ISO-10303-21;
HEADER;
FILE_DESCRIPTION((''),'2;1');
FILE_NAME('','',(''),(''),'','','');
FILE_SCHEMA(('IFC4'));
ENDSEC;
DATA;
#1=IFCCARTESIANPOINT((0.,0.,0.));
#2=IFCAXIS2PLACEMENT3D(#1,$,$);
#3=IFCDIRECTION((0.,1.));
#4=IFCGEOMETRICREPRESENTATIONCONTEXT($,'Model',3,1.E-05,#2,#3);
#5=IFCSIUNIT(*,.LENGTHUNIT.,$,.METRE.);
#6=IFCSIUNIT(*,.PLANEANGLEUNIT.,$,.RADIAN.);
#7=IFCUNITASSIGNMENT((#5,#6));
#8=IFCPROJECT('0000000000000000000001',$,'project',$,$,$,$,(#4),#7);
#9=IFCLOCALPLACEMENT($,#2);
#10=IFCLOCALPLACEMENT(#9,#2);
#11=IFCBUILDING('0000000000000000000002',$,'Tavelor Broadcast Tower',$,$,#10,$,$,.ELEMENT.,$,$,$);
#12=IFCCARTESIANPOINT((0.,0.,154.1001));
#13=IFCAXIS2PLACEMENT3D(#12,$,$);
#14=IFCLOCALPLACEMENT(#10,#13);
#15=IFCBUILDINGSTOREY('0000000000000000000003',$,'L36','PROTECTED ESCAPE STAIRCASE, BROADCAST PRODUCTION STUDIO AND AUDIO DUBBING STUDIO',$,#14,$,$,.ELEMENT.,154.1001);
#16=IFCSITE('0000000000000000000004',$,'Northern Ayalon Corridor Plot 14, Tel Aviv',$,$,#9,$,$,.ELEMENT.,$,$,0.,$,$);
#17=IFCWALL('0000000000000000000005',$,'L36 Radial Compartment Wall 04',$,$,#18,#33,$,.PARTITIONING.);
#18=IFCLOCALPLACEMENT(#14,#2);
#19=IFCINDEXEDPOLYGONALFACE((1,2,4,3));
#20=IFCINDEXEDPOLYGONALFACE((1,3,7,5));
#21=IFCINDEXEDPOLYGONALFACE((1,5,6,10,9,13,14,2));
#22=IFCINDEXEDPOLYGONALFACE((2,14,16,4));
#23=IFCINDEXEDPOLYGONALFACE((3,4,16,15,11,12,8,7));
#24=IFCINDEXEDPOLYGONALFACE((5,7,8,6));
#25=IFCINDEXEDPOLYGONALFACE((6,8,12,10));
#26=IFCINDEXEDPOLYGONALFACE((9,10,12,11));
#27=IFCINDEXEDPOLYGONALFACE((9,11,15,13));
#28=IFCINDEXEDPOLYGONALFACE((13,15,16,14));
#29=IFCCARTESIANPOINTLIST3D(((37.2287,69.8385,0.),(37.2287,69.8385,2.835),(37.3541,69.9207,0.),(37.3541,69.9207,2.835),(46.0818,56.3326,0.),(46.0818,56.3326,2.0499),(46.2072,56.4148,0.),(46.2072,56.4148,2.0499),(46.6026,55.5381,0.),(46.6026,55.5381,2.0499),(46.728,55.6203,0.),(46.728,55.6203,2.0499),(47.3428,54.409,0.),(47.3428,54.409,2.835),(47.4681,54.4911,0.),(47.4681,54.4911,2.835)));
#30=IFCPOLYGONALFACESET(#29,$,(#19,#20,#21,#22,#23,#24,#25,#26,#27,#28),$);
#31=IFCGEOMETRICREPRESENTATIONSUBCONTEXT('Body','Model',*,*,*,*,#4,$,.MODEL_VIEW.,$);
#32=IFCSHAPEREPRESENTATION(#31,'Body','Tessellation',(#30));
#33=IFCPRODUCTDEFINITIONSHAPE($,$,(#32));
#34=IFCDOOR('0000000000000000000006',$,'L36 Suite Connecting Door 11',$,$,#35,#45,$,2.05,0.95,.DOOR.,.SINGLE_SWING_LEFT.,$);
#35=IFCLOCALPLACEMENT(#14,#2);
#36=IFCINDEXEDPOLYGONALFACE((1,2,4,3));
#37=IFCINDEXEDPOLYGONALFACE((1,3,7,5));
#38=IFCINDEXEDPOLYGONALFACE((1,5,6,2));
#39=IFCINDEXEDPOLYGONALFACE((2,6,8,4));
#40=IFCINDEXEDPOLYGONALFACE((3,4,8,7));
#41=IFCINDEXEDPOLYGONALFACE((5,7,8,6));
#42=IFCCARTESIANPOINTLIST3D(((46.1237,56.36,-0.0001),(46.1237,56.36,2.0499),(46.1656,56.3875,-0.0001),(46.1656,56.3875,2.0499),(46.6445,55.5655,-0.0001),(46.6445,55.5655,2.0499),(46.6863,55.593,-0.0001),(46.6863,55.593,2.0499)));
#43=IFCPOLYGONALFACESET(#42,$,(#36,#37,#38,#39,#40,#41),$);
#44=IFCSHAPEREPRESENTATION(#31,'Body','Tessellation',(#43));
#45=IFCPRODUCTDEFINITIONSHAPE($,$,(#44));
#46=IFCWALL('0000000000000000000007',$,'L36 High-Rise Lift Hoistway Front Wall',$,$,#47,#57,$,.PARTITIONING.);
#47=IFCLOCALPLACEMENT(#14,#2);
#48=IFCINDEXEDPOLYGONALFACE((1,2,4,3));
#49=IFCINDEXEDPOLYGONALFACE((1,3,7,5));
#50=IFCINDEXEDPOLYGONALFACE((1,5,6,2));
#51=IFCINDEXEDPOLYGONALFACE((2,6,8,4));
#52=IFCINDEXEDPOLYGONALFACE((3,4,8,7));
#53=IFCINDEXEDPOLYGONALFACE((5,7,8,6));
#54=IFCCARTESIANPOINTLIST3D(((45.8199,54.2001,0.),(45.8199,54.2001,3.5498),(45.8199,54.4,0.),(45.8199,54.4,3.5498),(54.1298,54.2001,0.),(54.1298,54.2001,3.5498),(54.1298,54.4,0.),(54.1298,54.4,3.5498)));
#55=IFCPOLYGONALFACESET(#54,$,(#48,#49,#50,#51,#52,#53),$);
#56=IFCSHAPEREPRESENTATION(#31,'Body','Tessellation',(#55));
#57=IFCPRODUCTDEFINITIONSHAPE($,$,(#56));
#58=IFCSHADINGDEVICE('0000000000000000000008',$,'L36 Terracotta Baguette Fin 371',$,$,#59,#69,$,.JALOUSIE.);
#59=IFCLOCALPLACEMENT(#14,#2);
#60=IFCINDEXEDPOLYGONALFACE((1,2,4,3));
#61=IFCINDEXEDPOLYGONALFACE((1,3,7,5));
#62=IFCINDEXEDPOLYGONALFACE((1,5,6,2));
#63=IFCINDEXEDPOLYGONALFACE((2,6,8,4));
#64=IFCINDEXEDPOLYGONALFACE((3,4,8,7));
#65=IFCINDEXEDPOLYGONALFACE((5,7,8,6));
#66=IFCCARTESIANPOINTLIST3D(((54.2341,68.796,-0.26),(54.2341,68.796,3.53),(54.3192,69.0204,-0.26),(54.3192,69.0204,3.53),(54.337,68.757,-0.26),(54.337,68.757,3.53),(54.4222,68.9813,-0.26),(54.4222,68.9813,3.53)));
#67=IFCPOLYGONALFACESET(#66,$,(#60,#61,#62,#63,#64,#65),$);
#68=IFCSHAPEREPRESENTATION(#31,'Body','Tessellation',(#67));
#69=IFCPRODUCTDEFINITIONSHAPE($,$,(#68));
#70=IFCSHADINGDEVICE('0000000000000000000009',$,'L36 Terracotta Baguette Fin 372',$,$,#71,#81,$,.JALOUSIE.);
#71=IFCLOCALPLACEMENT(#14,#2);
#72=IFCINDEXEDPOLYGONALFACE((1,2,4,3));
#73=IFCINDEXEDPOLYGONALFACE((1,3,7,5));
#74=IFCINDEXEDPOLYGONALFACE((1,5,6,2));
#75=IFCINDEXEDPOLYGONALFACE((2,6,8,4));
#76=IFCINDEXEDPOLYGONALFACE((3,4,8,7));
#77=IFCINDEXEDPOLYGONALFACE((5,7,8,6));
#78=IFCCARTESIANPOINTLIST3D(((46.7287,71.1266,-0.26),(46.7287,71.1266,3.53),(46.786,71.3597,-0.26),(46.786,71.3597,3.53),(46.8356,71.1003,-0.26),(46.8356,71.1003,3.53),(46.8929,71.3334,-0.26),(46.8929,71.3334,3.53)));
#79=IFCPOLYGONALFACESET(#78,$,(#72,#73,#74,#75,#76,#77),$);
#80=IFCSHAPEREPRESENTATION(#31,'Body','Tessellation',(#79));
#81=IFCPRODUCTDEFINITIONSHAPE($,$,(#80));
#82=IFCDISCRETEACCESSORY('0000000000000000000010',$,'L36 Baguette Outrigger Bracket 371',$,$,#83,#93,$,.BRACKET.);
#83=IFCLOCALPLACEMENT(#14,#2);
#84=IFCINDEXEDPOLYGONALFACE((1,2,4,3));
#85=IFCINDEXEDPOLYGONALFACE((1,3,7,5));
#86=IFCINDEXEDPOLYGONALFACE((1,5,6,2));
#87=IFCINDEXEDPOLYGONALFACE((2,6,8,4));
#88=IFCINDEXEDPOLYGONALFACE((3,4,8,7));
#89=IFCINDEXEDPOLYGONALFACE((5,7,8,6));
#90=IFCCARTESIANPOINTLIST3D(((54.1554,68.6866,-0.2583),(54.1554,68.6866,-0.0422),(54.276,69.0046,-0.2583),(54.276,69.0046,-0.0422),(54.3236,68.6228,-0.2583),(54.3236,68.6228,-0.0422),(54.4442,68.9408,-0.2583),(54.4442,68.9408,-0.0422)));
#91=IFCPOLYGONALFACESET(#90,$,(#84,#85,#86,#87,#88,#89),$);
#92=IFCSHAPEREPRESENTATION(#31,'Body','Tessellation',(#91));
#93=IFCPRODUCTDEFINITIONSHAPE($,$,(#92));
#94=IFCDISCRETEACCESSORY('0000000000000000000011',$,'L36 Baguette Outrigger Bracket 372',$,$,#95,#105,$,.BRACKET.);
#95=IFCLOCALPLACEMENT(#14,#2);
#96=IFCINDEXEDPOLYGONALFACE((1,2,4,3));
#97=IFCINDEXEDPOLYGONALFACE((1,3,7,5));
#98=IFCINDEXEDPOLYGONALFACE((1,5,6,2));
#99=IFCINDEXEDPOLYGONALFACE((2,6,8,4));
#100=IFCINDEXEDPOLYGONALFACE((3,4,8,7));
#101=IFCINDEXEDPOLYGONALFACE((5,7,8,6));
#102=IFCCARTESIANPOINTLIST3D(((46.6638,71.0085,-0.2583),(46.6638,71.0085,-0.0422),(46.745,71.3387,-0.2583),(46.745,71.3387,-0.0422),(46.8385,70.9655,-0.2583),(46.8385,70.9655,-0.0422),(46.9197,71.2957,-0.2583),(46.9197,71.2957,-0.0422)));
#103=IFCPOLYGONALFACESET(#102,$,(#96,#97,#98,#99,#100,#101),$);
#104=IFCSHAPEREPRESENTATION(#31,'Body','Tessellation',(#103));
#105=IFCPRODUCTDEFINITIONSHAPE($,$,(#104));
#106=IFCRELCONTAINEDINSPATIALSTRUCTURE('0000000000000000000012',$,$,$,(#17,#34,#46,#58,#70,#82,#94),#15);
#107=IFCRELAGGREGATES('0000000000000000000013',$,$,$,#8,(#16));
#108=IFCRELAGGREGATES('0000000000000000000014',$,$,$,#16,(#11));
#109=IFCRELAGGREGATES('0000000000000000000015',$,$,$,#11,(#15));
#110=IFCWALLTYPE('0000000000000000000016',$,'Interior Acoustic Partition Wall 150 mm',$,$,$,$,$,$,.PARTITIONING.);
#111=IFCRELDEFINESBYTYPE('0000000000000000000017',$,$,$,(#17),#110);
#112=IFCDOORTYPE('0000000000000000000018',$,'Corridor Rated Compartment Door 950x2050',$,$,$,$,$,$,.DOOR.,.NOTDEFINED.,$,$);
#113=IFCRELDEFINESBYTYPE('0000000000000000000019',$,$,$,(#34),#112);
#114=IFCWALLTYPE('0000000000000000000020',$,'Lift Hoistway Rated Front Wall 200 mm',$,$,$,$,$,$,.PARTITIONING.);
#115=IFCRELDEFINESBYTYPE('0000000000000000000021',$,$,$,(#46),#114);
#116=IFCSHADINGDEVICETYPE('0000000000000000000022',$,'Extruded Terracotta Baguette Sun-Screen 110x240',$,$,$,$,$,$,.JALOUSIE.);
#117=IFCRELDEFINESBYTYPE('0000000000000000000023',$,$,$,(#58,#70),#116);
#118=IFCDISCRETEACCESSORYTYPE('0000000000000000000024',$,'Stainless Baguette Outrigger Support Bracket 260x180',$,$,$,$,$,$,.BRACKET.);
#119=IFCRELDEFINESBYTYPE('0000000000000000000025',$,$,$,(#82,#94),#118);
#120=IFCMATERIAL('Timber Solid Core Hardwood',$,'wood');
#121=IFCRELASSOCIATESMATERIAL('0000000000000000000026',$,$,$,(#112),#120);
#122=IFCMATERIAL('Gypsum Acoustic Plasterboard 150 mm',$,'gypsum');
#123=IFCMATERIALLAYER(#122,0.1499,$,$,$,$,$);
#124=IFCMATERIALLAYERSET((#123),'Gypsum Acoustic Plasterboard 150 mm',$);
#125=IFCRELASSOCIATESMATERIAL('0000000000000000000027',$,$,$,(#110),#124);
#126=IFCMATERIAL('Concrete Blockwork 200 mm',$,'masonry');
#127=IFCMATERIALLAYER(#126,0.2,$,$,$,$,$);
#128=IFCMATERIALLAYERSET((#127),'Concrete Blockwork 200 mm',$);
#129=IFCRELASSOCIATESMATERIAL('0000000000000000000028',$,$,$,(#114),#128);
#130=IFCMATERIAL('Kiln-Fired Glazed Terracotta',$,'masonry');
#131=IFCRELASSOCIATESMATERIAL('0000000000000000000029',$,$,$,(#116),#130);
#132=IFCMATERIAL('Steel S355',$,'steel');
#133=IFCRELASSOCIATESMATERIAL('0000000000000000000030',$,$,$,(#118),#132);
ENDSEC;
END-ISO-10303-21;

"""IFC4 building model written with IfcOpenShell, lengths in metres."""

from ifc_helpers import new_model, si_unit, direction, frame, frame_2d, origin, origin_2d, place, context, subcontext, project, spatial, rectangle, extrude, source, transform, mapped, material, layer, layer_set, type_object, type_shapes, element, fill, save


model = new_model("IFC4")

# Units and contexts
model_context = context("Model", 3, precision=1e-05, world=origin(), true_north=direction((0.0, 1.0)))
body_context = subcontext(model_context, "Body", "Model", "MODEL_VIEW")
ifc_project = project(units=[si_unit("LENGTHUNIT", "METRE"), si_unit("PLANEANGLEUNIT", "RADIAN")], contexts=[model_context])

# Site, building, storey
site_placement = place(None, origin())
site = spatial("IfcSite", under=ifc_project, at=site_placement, Name="Northern Ayalon Corridor Plot 14, Tel Aviv", CompositionType="ELEMENT", RefElevation=0.0)
building_placement = place(site_placement, origin())
building = spatial("IfcBuilding", under=site, at=building_placement, Name="Tavelor Broadcast Tower", CompositionType="ELEMENT")
storey_placement = place(building_placement, frame((0.0, 0.0, 154.1001)))
storey = spatial("IfcBuildingStorey", under=building, at=storey_placement, Name="L36", Description="PROTECTED ESCAPE STAIRCASE, BROADCAST PRODUCTION STUDIO AND AUDIO DUBBING STUDIO", CompositionType="ELEMENT", Elevation=154.1001)

# Shared definitions
ifc_material_1 = material(Name="Steel S355", Category="steel")

# Shared definitions
ifc_material_2 = material(Name="Timber Solid Core Hardwood", Category="wood")
door_type = type_object("IfcDoorType", Name="Corridor Rated Compartment Door 950x2050", OperationType="NOTDEFINED", PredefinedType="DOOR", material=ifc_material_2)
ifc_material_3 = material(Name="Gypsum Acoustic Plasterboard 150 mm", Category="gypsum")
ifc_layer_1 = layer(ifc_material_3, 0.1499)
ifc_layer_set_1 = layer_set([ifc_layer_1], Name="Gypsum Acoustic Plasterboard 150 mm")
wall_type_1 = type_object("IfcWallType", Name="Interior Acoustic Partition Wall 150 mm", PredefinedType="PARTITIONING", material=ifc_layer_set_1)

# Wall, opening, door
wall_1_placement = place(storey_placement, frame((47.4055, 54.45, 0.0), z_axis=(0.0, 0.0, 1.0), x_axis=(-0.548218, 0.836335, 0.0)))
wall_1 = element("IfcWall", 1, at=wall_1_placement, inside=storey, type_object=wall_type_1, Name="L36 Radial Compartment Wall 04", PredefinedType="PARTITIONING", context=body_context, shape_type="SweptSolid", body=[
    extrude(rectangle(XDim=18.449, YDim=0.1499, at=frame_2d((9.2246, 0.0))), origin(), (0.0, 0.0, 1.0), 2.835),
])
opening_1_placement = place(wall_1_placement, frame((1.3501, 0.0, 0.0)))
opening_1 = element("IfcOpeningElement", 2, at=opening_1_placement, cuts=wall_1, PredefinedType="OPENING", context=body_context, shape_type="SweptSolid", body=[
    extrude(rectangle(XDim=0.95, YDim=2.05, at=frame_2d((0.4751, 1.0249))), frame((0.0, 0.085, 0.0), z_axis=(0.0, -1.0, 0.0), x_axis=(1.0, 0.0, 0.0)), (0.0, 0.0, 1.0), 0.1699),
])
door_1_placement = place(opening_1_placement, origin())
door_1 = element("IfcDoor", 3, at=door_1_placement, inside=storey, type_object=door_type, Name="L36 Suite Connecting Door 11", OperationType="SINGLE_SWING_LEFT", OverallHeight=2.05, OverallWidth=0.95, PredefinedType="DOOR", context=body_context, shape_type="SweptSolid", body=[
    extrude(rectangle(XDim=0.95, YDim=2.05, at=frame_2d((0.4751, 1.0249))), frame((0.0, 0.0249, 0.0), z_axis=(0.0, -1.0, 0.0), x_axis=(1.0, 0.0, 0.0)), (0.0, 0.0, 1.0), 0.05),
])
fill(opening_1, door_1)

# Wall
ifc_material_4 = material(Name="Concrete Blockwork 200 mm", Category="masonry")
ifc_layer_2 = layer(ifc_material_4, 0.2)
ifc_layer_set_2 = layer_set([ifc_layer_2], Name="Concrete Blockwork 200 mm")
wall_type_2 = type_object("IfcWallType", Name="Lift Hoistway Rated Front Wall 200 mm", PredefinedType="PARTITIONING", material=ifc_layer_set_2)
wall_2_placement = place(storey_placement, frame((45.8201, 54.3, 0.0), z_axis=(0.0, 0.0, 1.0), x_axis=(1.0, 0.0, 0.0)))
element("IfcWall", 4, at=wall_2_placement, inside=storey, type_object=wall_type_2, Name="L36 High-Rise Lift Hoistway Front Wall", PredefinedType="PARTITIONING", context=body_context, shape_type="SweptSolid", body=[
    extrude(rectangle(XDim=8.3098, YDim=0.2, at=frame_2d((4.1548, 0.0))), origin(), (0.0, 0.0, 1.0), 3.5498),
])

# Shading devices
ifc_material_5 = material(Name="Kiln-Fired Glazed Terracotta", Category="masonry")
shading_device_type = type_object("IfcShadingDeviceType", Name="Extruded Terracotta Baguette Sun-Screen 110x240", PredefinedType="JALOUSIE", material=ifc_material_5)
shared_shape_1 = source(origin(), body_context, "Body", "SweptSolid", [
    extrude(rectangle(XDim=0.1101, YDim=0.24, at=origin_2d()), origin(), (0.0, 0.0, 1.0), 3.79),
])
type_shapes(shading_device_type, [shared_shape_1])
for number, where, z_axis, x_axis, name in (
    (5, (54.3281, 68.8887, -0.26), (0.0, 0.0, 1.0), (-0.935011, 0.354617, 0.0), "L36 Terracotta Baguette Fin 371"),
    (6, (46.8108, 71.23, -0.26), (0.0, 0.0, 1.0), (-0.971051, 0.238872, 0.0), "L36 Terracotta Baguette Fin 372"),
):
    element("IfcShadingDevice", number, at=place(storey_placement, frame(where, z_axis=z_axis, x_axis=x_axis)), inside=storey, type_object=shading_device_type, Name=name, PredefinedType="JALOUSIE", context=body_context, shape_type="MappedRepresentation", body=[
        mapped(shared_shape_1, transform((0.0, 0.0, 0.0), scale=1.0)),
    ])

# Discrete accessories
discrete_accessory_type = type_object("IfcDiscreteAccessoryType", Name="Stainless Baguette Outrigger Support Bracket 260x180", PredefinedType="BRACKET", material=ifc_material_1)
shared_shape_2 = source(origin(), body_context, "Body", "SweptSolid", [
    extrude(rectangle(XDim=0.1799, YDim=0.3401, at=origin_2d()), origin(), (0.0, 0.0, 1.0), 0.2161),
])
type_shapes(discrete_accessory_type, [shared_shape_2])
for number, where, z_axis, x_axis, name in (
    (7, (54.2998, 68.8137, -0.2583), (0.0, 0.0, 1.0), (-0.935011, 0.354617, 0.0), "L36 Baguette Outrigger Bracket 371"),
    (8, (46.7917, 71.1521, -0.2583), (0.0, 0.0, 1.0), (-0.971051, 0.238872, 0.0), "L36 Baguette Outrigger Bracket 372"),
):
    element("IfcDiscreteAccessory", number, at=place(storey_placement, frame(where, z_axis=z_axis, x_axis=x_axis)), inside=storey, type_object=discrete_accessory_type, Name=name, PredefinedType="BRACKET", context=body_context, shape_type="MappedRepresentation", body=[
        mapped(shared_shape_2, transform((0.0, 0.0, 0.0), scale=1.0)),
    ])

save(model, "model.ifc")
